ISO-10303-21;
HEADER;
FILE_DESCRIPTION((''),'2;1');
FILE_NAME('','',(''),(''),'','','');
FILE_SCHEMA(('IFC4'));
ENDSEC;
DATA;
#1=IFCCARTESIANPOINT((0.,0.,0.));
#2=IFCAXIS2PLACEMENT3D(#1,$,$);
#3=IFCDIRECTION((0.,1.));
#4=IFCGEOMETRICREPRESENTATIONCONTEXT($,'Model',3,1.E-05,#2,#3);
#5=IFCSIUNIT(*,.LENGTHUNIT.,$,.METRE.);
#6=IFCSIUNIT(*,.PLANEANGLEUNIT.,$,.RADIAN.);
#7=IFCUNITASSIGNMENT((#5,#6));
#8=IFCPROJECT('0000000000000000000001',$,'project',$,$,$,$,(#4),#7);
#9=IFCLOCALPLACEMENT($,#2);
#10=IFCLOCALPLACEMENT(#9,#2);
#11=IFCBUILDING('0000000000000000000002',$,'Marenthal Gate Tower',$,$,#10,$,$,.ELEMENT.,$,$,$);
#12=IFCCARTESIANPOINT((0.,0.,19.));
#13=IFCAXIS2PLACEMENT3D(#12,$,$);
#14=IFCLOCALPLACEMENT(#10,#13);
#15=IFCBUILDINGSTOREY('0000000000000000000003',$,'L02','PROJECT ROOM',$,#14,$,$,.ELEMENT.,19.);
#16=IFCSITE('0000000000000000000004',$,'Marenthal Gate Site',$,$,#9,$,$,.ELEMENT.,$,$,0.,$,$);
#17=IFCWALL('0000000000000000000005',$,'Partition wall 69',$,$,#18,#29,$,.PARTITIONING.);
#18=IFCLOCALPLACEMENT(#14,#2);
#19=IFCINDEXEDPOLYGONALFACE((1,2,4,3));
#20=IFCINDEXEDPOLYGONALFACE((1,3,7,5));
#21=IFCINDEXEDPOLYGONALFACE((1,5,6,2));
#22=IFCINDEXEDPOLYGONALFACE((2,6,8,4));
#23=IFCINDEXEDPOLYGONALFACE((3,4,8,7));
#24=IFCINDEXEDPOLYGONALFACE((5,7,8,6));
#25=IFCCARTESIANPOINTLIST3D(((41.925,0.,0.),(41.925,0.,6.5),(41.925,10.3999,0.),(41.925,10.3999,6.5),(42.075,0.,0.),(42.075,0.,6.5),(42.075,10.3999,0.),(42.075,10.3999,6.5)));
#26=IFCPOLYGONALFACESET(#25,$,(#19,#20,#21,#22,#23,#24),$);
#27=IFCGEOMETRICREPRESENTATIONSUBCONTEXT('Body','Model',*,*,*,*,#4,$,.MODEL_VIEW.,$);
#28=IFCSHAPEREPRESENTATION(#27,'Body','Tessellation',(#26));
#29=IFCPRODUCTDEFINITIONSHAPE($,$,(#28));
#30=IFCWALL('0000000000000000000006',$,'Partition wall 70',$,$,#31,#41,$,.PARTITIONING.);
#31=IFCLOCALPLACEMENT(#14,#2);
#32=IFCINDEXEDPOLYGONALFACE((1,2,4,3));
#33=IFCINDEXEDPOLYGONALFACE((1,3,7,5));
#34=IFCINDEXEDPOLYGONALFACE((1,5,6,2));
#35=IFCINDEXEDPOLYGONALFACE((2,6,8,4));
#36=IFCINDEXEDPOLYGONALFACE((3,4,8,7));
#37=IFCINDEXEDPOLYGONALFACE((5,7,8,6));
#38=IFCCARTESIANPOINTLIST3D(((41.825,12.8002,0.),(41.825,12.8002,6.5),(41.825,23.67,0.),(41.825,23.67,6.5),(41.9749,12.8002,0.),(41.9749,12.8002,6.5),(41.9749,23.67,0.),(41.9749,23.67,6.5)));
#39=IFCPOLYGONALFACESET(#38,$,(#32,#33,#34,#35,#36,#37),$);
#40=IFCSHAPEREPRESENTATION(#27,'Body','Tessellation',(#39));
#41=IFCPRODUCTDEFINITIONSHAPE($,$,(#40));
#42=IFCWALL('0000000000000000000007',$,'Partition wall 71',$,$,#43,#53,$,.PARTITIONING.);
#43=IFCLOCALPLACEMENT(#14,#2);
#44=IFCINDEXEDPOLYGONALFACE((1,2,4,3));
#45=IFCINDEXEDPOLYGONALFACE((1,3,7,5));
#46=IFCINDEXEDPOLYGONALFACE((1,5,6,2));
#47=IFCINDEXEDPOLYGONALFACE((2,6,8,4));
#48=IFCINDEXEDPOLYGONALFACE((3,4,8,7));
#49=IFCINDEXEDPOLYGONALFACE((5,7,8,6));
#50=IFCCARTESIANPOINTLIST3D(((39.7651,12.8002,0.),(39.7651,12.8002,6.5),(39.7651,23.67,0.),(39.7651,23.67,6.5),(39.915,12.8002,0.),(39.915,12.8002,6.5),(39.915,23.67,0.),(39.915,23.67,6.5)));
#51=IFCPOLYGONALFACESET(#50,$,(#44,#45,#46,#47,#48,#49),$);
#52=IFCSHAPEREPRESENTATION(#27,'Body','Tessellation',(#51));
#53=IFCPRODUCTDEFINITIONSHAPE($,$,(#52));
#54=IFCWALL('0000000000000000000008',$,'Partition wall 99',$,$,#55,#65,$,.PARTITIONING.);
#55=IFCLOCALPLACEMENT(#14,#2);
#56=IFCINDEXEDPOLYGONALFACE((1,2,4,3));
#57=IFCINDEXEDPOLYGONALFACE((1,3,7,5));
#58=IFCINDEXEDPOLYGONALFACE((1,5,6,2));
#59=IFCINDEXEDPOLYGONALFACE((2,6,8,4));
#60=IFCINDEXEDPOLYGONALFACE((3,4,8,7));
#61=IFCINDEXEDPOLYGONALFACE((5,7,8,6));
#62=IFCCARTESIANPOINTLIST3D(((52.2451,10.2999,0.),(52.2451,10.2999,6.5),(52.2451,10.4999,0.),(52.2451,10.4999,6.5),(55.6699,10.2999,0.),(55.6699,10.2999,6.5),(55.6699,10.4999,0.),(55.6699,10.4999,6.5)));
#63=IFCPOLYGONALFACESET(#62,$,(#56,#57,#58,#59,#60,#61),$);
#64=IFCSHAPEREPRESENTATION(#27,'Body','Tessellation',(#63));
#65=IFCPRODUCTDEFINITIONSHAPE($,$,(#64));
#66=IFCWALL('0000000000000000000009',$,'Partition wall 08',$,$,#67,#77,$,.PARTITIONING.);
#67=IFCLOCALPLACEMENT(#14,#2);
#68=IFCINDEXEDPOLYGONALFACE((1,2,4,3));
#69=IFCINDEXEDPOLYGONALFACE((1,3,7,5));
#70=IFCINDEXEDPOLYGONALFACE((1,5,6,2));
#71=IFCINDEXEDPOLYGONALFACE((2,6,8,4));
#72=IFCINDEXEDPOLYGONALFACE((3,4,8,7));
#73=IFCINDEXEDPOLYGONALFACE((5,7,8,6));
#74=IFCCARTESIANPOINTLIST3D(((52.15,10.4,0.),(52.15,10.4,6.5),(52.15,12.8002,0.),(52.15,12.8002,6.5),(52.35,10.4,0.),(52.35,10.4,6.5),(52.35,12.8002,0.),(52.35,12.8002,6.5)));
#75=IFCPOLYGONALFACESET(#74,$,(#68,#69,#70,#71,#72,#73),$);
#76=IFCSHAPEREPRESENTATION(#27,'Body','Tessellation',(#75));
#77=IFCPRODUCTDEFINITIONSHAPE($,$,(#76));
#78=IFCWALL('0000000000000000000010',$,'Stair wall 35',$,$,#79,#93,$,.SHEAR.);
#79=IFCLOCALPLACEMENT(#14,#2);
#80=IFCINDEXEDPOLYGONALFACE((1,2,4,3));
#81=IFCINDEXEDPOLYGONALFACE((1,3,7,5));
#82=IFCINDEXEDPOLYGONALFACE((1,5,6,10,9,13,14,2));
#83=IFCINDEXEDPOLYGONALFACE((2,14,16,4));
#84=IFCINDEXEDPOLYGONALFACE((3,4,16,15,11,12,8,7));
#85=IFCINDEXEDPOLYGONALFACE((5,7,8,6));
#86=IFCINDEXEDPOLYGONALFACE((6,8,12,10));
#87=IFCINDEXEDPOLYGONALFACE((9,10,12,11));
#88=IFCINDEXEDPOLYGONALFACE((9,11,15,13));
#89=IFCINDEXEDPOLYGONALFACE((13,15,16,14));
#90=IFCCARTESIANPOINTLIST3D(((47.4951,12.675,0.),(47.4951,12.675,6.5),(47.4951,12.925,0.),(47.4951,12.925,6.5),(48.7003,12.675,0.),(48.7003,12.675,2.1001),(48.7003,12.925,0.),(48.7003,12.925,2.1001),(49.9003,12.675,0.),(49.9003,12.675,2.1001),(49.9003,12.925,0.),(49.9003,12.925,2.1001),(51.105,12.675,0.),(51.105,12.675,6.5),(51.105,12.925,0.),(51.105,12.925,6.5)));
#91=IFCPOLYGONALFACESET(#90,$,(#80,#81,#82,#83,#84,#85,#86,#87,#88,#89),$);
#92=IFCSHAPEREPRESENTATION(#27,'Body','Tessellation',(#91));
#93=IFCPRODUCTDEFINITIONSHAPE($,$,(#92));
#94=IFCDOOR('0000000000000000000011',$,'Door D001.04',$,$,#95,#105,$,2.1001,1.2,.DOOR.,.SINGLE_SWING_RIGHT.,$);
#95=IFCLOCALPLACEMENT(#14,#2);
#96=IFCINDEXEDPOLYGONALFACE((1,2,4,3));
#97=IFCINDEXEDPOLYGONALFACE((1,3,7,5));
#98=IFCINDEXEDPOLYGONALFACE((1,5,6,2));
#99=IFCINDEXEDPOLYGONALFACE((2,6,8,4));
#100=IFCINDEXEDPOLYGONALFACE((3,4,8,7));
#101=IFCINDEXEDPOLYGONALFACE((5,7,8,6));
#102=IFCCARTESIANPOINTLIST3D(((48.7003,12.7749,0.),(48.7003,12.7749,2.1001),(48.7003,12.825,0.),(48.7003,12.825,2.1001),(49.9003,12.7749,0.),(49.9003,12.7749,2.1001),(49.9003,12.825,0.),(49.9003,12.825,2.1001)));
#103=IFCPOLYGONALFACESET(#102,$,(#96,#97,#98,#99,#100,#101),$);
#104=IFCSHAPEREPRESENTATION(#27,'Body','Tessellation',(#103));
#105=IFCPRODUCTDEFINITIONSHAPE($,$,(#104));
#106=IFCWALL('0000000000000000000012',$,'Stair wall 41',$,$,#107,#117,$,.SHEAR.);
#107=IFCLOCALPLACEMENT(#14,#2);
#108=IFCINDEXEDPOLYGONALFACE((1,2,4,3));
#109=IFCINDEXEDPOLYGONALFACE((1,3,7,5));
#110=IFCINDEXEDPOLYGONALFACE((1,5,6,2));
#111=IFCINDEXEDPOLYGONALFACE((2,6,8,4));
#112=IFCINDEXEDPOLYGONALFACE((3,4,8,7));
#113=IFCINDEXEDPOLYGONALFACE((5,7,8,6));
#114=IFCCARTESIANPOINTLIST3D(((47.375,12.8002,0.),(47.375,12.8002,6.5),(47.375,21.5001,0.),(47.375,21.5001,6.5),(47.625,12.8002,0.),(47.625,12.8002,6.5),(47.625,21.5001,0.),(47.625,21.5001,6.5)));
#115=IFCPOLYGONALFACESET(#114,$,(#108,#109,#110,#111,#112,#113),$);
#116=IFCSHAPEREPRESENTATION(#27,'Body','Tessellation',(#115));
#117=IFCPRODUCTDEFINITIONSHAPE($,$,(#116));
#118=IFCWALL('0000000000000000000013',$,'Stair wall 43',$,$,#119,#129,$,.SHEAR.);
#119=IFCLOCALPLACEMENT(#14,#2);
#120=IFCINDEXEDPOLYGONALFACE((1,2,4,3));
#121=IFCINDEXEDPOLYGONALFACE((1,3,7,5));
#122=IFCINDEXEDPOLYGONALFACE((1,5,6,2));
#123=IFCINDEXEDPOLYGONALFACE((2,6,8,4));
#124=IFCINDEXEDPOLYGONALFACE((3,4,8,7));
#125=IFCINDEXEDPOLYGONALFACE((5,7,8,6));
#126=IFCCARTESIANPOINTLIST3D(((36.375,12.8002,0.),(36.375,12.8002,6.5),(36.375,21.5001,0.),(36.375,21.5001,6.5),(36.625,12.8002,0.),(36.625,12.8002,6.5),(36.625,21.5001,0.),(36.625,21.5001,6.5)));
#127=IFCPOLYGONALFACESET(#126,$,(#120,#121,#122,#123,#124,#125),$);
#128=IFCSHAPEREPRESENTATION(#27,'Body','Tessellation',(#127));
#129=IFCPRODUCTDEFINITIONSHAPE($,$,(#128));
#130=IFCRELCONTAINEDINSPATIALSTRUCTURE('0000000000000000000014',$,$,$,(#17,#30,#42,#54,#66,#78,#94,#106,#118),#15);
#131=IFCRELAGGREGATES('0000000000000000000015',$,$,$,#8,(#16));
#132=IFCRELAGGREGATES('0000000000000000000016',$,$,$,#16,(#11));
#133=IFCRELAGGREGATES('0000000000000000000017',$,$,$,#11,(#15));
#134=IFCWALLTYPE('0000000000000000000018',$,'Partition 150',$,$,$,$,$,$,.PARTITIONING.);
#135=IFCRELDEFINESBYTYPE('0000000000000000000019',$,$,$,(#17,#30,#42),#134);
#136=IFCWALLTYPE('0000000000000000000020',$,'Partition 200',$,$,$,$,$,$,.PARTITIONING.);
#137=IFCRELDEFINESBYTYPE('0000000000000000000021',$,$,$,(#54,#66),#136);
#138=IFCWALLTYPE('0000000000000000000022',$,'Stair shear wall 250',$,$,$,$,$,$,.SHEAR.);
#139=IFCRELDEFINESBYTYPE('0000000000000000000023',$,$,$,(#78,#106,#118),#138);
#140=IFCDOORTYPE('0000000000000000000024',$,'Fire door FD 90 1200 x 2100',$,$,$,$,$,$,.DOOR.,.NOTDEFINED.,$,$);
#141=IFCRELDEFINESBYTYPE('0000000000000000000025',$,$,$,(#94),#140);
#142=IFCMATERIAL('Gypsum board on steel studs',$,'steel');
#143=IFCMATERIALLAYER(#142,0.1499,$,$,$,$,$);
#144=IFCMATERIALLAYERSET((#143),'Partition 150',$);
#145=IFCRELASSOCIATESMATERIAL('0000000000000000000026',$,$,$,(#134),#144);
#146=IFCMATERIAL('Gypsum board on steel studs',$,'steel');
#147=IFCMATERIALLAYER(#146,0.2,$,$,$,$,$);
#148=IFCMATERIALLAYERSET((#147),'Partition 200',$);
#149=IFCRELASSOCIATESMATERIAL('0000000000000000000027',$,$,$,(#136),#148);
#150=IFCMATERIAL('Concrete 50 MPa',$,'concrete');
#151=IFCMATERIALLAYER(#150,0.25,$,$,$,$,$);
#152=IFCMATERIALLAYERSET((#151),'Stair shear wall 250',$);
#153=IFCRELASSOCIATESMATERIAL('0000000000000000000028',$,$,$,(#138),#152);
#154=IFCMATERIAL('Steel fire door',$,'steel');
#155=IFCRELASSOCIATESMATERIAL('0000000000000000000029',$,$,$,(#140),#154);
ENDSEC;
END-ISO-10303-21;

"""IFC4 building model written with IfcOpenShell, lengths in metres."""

from ifc_helpers import new_model, si_unit, direction, frame, frame_2d, origin, place, context, subcontext, project, spatial, rectangle, extrude, material, layer, layer_set, type_object, element, fill, save


model = new_model("IFC4")

# Units and contexts
model_context = context("Model", 3, precision=1e-05, world=origin(), true_north=direction((0.0, 1.0)))
body_context = subcontext(model_context, "Body", "Model", "MODEL_VIEW")
ifc_project = project(units=[si_unit("LENGTHUNIT", "METRE"), si_unit("PLANEANGLEUNIT", "RADIAN")], contexts=[model_context])

# Site, building, storey
site_placement = place(None, origin())
site = spatial("IfcSite", under=ifc_project, at=site_placement, Name="Marenthal Gate Site", CompositionType="ELEMENT", RefElevation=0.0)
building_placement = place(site_placement, origin())
building = spatial("IfcBuilding", under=site, at=building_placement, Name="Marenthal Gate Tower", CompositionType="ELEMENT")
storey_placement = place(building_placement, frame((0.0, 0.0, 19.0)))
storey = spatial("IfcBuildingStorey", under=building, at=storey_placement, Name="L02", Description="PROJECT ROOM", CompositionType="ELEMENT", Elevation=19.0)

# Shared definitions
ifc_material_1 = material(Name="Gypsum board on steel studs", Category="steel")
ifc_layer_1 = layer(ifc_material_1, 0.1499)
ifc_layer_set_1 = layer_set([ifc_layer_1], Name="Partition 150")
wall_type_1 = type_object("IfcWallType", Name="Partition 150", PredefinedType="PARTITIONING", material=ifc_layer_set_1)

# Walls
for number, where, z_axis, x_axis, name in (
    (1, (42.0, 0.0, 0.0), (0.0, 0.0, 1.0), (0.0, 1.0, 0.0), "Partition wall 69"),
):
    element("IfcWall", number, at=place(storey_placement, frame(where, z_axis=z_axis, x_axis=x_axis)), inside=storey, type_object=wall_type_1, Name=name, PredefinedType="PARTITIONING", context=body_context, shape_type="SweptSolid", body=[
        extrude(rectangle(XDim=10.3999, YDim=0.1499, at=frame_2d((5.2, 0.0))), origin(), (0.0, 0.0, 1.0), 6.5),
    ])
for number, where, z_axis, x_axis, name in (
    (2, (41.8999, 12.8, 0.0), (0.0, 0.0, 1.0), (0.0, 1.0, 0.0), "Partition wall 70"),
    (3, (39.8401, 12.8, 0.0), (0.0, 0.0, 1.0), (0.0, 1.0, 0.0), "Partition wall 71"),
):
    element("IfcWall", number, at=place(storey_placement, frame(where, z_axis=z_axis, x_axis=x_axis)), inside=storey, type_object=wall_type_1, Name=name, PredefinedType="PARTITIONING", context=body_context, shape_type="SweptSolid", body=[
        extrude(rectangle(XDim=10.8699, YDim=0.1499, at=frame_2d((5.4351, 0.0))), origin(), (0.0, 0.0, 1.0), 6.5),
    ])
ifc_material_2 = material(Name="Gypsum board on steel studs", Category="steel")
ifc_layer_2 = layer(ifc_material_2, 0.2)
ifc_layer_set_2 = layer_set([ifc_layer_2], Name="Partition 200")
wall_type_2 = type_object("IfcWallType", Name="Partition 200", PredefinedType="PARTITIONING", material=ifc_layer_set_2)
wall_1_placement = place(storey_placement, frame((52.2451, 10.3999, 0.0), z_axis=(0.0, 0.0, 1.0), x_axis=(1.0, 0.0, 0.0)))
element("IfcWall", 4, at=wall_1_placement, inside=storey, type_object=wall_type_2, Name="Partition wall 99", PredefinedType="PARTITIONING", context=body_context, shape_type="SweptSolid", body=[
    extrude(rectangle(XDim=3.4248, YDim=0.2, at=frame_2d((1.7124, 0.0))), origin(), (0.0, 0.0, 1.0), 6.5),
])
wall_2_placement = place(storey_placement, frame((52.25, 10.3999, 0.0), z_axis=(0.0, 0.0, 1.0), x_axis=(0.0, 1.0, 0.0)))
element("IfcWall", 5, at=wall_2_placement, inside=storey, type_object=wall_type_2, Name="Partition wall 08", PredefinedType="PARTITIONING", context=body_context, shape_type="SweptSolid", body=[
    extrude(rectangle(XDim=2.4001, YDim=0.2, at=frame_2d((1.2002, 0.0))), origin(), (0.0, 0.0, 1.0), 6.5),
])

# Wall, opening, door
ifc_material_3 = material(Name="Concrete 50 MPa", Category="concrete")
ifc_layer_3 = layer(ifc_material_3, 0.25)
ifc_layer_set_3 = layer_set([ifc_layer_3], Name="Stair shear wall 250")
wall_type_3 = type_object("IfcWallType", Name="Stair shear wall 250", PredefinedType="SHEAR", material=ifc_layer_set_3)
wall_3_placement = place(storey_placement, frame((47.4951, 12.8, 0.0), z_axis=(0.0, 0.0, 1.0), x_axis=(1.0, 0.0, 0.0)))
wall_3 = element("IfcWall", 6, at=wall_3_placement, inside=storey, type_object=wall_type_3, Name="Stair wall 35", PredefinedType="SHEAR", context=body_context, shape_type="SweptSolid", body=[
    extrude(rectangle(XDim=3.6099, YDim=0.25, at=frame_2d((1.8049, 0.0))), origin(), (0.0, 0.0, 1.0), 6.5),
])
opening_1_placement = place(wall_3_placement, frame((1.2051, 0.0, 0.0)))
opening_1 = element("IfcOpeningElement", 7, at=opening_1_placement, cuts=wall_3, PredefinedType="OPENING", context=body_context, shape_type="SweptSolid", body=[
    extrude(rectangle(XDim=1.2, YDim=2.1001, at=frame_2d((0.6001, 1.05))), frame((0.0, 0.135, 0.0), z_axis=(0.0, -1.0, 0.0), x_axis=(1.0, 0.0, 0.0)), (0.0, 0.0, 1.0), 0.27),
])
ifc_material_4 = material(Name="Steel fire door", Category="steel")
door_type_1 = type_object("IfcDoorType", Name="Fire door FD 90 1200 x 2100", OperationType="NOTDEFINED", PredefinedType="DOOR", material=ifc_material_4)
door_1_placement = place(opening_1_placement, origin())
door_1 = element("IfcDoor", 8, at=door_1_placement, inside=storey, type_object=door_type_1, Name="Door D001.04", OperationType="SINGLE_SWING_RIGHT", OverallHeight=2.1001, OverallWidth=1.2, PredefinedType="DOOR", context=body_context, shape_type="SweptSolid", body=[
    extrude(rectangle(XDim=1.2, YDim=2.1001, at=frame_2d((0.6001, 1.05))), frame((0.0, 0.0249, 0.0), z_axis=(0.0, -1.0, 0.0), x_axis=(1.0, 0.0, 0.0)), (0.0, 0.0, 1.0), 0.05),
])
fill(opening_1, door_1)

# Walls
for number, where, z_axis, x_axis, name in (
    (9, (47.5, 12.8, 0.0), (0.0, 0.0, 1.0), (0.0, 1.0, 0.0), "Stair wall 41"),
    (10, (36.5, 12.8, 0.0), (0.0, 0.0, 1.0), (0.0, 1.0, 0.0), "Stair wall 43"),
):
    element("IfcWall", number, at=place(storey_placement, frame(where, z_axis=z_axis, x_axis=x_axis)), inside=storey, type_object=wall_type_3, Name=name, PredefinedType="SHEAR", context=body_context, shape_type="SweptSolid", body=[
        extrude(rectangle(XDim=8.7, YDim=0.25, at=frame_2d((4.3501, 0.0))), origin(), (0.0, 0.0, 1.0), 6.5),
    ])

save(model, "model.ifc")
